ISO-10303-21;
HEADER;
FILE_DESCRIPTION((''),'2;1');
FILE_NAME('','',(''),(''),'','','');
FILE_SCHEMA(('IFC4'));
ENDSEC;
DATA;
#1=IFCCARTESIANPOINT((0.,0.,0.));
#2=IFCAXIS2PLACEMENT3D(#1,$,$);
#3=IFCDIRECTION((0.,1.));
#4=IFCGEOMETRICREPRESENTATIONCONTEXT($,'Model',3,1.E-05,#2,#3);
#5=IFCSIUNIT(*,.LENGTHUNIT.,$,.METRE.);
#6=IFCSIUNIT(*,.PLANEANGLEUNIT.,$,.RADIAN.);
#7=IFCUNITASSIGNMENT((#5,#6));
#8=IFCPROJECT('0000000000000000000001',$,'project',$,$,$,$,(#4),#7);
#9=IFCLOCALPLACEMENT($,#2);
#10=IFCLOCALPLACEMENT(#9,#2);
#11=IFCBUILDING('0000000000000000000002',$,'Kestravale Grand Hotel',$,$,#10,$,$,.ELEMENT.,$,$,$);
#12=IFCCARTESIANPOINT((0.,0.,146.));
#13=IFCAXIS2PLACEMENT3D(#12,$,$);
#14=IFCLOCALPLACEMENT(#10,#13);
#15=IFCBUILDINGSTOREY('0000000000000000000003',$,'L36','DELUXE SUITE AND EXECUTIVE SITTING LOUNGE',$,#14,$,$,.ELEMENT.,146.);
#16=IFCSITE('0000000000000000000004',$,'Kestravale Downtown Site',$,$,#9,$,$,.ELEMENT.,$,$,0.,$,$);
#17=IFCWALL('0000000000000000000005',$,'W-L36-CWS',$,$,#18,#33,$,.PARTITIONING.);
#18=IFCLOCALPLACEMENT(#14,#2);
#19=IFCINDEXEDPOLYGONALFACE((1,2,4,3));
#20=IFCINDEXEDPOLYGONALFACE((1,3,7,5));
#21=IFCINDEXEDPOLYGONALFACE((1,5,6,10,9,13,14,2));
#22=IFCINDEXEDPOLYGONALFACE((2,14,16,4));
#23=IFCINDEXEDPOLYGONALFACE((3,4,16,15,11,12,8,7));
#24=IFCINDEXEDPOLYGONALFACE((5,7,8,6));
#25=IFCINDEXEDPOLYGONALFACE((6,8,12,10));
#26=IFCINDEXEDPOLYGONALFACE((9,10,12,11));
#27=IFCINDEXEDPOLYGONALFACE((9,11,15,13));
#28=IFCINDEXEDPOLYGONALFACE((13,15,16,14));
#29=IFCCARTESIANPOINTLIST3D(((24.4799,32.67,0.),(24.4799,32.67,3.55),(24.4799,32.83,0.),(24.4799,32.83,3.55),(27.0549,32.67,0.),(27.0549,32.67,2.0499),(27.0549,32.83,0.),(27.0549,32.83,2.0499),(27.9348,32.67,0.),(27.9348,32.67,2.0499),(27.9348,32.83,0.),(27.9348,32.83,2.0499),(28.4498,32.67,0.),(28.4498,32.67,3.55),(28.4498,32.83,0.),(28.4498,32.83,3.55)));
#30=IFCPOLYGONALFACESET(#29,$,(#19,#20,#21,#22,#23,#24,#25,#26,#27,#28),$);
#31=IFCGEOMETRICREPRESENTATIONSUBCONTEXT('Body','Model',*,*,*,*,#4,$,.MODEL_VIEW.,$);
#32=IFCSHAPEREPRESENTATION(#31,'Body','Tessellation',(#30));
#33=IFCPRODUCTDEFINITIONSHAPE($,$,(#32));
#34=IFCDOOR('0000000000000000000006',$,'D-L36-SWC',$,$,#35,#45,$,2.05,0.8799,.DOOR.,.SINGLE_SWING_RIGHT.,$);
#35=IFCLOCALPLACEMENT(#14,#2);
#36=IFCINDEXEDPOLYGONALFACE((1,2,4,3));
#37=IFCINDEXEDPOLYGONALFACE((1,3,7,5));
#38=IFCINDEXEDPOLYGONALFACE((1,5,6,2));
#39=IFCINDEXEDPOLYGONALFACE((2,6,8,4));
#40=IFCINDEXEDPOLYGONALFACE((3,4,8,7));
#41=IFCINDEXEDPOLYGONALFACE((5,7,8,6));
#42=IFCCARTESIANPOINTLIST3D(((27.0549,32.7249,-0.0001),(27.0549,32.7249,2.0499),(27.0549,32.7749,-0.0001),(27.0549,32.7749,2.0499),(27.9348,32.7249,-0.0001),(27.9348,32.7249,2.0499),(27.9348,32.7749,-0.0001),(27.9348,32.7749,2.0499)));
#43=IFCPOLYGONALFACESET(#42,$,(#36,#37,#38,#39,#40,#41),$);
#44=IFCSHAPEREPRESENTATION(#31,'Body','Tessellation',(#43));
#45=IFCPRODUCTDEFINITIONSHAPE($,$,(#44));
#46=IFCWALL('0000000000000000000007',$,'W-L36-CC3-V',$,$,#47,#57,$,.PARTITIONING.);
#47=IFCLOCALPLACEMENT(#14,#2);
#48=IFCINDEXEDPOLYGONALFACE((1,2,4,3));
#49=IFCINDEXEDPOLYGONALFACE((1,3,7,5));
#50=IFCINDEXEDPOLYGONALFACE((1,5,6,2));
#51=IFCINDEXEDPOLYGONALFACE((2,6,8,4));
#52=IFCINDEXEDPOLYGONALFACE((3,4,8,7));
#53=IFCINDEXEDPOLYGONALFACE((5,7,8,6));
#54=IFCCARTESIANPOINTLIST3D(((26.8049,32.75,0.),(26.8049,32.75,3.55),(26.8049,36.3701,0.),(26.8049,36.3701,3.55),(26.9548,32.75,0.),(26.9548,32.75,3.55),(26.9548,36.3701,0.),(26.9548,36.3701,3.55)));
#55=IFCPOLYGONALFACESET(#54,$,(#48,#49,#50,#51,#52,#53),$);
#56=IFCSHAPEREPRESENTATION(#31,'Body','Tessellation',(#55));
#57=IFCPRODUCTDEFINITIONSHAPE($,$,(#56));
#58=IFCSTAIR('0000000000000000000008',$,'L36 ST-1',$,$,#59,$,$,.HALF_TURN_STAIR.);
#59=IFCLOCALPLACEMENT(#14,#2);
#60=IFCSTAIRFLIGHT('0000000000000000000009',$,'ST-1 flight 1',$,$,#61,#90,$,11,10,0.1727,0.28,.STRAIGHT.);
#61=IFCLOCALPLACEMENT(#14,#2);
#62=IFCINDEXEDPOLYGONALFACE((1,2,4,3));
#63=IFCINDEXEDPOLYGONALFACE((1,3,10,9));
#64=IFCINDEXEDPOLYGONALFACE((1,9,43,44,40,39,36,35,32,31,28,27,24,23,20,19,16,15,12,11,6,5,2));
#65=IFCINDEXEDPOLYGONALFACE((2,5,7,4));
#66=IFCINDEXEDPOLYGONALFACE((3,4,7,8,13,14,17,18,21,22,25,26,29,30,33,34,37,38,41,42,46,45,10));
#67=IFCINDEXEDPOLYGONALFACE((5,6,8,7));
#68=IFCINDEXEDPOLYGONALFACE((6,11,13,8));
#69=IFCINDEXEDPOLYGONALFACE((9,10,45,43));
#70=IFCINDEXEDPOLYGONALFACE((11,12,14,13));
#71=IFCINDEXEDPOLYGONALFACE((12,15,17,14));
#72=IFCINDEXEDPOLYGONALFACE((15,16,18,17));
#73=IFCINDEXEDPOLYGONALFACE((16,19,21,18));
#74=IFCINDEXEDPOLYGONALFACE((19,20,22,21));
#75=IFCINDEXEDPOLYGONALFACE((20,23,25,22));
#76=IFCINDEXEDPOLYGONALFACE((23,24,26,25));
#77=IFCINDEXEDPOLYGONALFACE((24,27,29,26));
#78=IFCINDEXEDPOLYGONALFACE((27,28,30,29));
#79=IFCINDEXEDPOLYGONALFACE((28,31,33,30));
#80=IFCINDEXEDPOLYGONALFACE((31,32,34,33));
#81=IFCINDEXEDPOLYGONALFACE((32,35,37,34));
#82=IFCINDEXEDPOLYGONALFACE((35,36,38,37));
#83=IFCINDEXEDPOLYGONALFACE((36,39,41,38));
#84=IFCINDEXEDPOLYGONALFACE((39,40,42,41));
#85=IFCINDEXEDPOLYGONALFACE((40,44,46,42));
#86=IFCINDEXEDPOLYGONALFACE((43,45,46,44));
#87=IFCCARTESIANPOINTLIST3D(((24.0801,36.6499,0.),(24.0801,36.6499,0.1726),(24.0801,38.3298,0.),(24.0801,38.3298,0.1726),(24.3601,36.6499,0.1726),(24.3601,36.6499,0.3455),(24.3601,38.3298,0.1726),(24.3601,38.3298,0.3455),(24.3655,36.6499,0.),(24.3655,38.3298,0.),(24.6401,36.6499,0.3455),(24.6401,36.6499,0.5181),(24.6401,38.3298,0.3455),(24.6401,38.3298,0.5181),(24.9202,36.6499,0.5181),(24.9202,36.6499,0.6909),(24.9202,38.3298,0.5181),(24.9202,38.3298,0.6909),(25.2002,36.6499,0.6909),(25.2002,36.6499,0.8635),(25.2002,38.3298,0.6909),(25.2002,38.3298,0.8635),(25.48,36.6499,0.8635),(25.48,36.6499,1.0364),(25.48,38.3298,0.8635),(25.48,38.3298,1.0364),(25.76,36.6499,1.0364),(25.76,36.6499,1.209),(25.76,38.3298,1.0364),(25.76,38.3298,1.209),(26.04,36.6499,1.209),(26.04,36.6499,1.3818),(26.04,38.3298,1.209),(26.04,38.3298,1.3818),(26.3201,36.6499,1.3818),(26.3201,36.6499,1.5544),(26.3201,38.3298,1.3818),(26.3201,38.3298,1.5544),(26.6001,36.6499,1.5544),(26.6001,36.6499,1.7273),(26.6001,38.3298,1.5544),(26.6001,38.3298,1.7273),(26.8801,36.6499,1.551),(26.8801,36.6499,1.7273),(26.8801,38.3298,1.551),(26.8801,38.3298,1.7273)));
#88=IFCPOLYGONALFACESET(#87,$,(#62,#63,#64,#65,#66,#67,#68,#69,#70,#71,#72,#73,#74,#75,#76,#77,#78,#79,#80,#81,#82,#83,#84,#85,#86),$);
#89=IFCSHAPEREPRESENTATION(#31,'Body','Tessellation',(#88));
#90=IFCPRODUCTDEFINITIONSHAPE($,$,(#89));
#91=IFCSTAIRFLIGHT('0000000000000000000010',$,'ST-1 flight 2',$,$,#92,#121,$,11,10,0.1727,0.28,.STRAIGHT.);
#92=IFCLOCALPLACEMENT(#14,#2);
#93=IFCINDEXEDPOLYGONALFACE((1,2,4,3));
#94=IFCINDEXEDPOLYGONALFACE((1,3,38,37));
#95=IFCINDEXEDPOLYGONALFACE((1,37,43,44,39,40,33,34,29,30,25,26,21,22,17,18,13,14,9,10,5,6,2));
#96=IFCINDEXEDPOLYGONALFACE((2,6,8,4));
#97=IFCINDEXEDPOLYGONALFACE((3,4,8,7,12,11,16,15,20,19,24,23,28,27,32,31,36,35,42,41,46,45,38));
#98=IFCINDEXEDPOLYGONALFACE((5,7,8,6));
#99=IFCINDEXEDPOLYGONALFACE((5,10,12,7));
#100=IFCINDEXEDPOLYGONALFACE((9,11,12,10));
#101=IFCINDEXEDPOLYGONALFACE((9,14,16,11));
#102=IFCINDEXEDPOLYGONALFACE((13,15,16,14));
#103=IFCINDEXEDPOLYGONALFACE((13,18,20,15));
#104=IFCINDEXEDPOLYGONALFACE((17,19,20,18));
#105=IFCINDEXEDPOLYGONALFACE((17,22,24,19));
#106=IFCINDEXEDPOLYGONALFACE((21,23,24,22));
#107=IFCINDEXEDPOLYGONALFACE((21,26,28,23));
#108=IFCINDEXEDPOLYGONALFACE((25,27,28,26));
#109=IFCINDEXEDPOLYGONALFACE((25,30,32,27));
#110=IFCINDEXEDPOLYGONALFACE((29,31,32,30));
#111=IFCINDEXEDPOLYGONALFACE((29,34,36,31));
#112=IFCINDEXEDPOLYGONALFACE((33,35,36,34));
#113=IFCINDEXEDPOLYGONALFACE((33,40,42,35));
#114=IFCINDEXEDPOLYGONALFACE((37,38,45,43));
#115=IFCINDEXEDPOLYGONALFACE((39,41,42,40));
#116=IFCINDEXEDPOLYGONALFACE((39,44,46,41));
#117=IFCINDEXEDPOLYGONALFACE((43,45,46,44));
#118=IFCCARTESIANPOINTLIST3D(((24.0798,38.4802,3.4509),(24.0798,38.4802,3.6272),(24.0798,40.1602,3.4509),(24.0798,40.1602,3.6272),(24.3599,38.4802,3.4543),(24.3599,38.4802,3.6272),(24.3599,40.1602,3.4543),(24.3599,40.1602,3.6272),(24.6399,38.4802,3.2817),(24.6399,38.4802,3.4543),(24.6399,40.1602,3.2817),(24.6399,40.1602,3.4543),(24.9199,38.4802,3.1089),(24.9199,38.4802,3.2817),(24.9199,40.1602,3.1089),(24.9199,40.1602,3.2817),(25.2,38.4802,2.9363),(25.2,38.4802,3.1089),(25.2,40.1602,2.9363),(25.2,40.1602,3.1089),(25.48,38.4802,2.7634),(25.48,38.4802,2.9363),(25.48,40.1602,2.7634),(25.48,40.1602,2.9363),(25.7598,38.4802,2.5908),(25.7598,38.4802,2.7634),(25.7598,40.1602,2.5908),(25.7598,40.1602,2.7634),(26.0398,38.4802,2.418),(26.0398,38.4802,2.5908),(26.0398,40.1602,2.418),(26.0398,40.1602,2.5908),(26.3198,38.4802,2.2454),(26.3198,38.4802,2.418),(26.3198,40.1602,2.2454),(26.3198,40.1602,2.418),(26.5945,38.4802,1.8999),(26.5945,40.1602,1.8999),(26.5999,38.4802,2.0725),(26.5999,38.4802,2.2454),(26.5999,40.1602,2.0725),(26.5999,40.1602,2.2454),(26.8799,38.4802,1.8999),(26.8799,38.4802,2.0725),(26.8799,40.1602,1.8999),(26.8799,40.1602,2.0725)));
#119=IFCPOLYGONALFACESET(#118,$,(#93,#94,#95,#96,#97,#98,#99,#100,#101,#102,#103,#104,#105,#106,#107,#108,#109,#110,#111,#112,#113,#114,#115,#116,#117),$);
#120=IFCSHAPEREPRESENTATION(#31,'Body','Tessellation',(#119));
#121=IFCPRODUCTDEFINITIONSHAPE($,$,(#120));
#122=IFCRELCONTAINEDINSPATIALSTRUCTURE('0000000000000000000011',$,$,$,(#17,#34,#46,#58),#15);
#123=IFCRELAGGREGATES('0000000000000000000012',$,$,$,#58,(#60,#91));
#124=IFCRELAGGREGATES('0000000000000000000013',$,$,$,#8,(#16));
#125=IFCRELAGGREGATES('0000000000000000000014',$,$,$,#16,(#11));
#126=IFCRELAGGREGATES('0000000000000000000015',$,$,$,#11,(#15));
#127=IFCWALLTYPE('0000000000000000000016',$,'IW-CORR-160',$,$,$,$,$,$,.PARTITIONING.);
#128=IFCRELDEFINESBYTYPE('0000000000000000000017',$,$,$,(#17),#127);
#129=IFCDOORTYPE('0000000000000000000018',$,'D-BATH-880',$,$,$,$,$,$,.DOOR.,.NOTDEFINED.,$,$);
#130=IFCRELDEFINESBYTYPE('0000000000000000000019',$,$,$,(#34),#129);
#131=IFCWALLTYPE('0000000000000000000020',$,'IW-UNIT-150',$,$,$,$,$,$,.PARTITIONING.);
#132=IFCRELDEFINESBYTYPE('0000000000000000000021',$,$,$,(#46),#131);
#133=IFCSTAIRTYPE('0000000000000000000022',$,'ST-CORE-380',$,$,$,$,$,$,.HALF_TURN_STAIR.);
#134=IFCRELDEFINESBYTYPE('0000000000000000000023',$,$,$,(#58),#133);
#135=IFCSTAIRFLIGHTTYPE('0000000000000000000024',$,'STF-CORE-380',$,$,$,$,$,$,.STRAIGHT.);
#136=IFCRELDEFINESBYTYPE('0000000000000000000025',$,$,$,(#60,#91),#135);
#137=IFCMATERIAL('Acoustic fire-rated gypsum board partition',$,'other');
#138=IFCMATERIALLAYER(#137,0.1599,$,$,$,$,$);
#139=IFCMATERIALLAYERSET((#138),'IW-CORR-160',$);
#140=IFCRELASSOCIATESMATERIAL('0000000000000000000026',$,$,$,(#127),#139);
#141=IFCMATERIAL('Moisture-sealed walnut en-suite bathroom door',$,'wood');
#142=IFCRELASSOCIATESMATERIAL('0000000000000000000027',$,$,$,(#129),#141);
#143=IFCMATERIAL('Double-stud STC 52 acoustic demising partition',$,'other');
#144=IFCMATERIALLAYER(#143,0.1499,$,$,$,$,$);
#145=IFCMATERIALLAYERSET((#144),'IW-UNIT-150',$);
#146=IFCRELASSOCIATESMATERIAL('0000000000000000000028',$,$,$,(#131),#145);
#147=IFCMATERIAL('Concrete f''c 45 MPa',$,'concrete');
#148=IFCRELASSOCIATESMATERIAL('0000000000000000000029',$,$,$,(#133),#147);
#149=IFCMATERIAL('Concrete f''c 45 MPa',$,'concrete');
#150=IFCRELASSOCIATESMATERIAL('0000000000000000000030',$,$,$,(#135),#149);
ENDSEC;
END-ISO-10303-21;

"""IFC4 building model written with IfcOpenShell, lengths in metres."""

from ifc_helpers import new_model, si_unit, direction, frame, frame_2d, origin, place, context, subcontext, project, spatial, polyline, rectangle, outline, extrude, material, layer, layer_set, type_object, element, fill, aggregate, save


model = new_model("IFC4")

# Units and contexts
model_context = context("Model", 3, precision=1e-05, world=origin(), true_north=direction((0.0, 1.0)))
body_context = subcontext(model_context, "Body", "Model", "MODEL_VIEW")
ifc_project = project(units=[si_unit("LENGTHUNIT", "METRE"), si_unit("PLANEANGLEUNIT", "RADIAN")], contexts=[model_context])

# Site, building, storey
site_placement = place(None, origin())
site = spatial("IfcSite", under=ifc_project, at=site_placement, Name="Kestravale Downtown Site", CompositionType="ELEMENT", RefElevation=0.0)
building_placement = place(site_placement, origin())
building = spatial("IfcBuilding", under=site, at=building_placement, Name="Kestravale Grand Hotel", CompositionType="ELEMENT")
storey_placement = place(building_placement, frame((0.0, 0.0, 146.0)))
storey = spatial("IfcBuildingStorey", under=building, at=storey_placement, Name="L36", Description="DELUXE SUITE AND EXECUTIVE SITTING LOUNGE", CompositionType="ELEMENT", Elevation=146.0)

# Wall, opening, door
ifc_material_1 = material(Name="Acoustic fire-rated gypsum board partition", Category="other")
ifc_layer_1 = layer(ifc_material_1, 0.1599)
ifc_layer_set_1 = layer_set([ifc_layer_1], Name="IW-CORR-160")
wall_type_1 = type_object("IfcWallType", Name="IW-CORR-160", PredefinedType="PARTITIONING", material=ifc_layer_set_1)
wall_1_placement = place(storey_placement, frame((24.48, 32.75, 0.0), z_axis=(0.0, 0.0, 1.0), x_axis=(1.0, 0.0, 0.0)))
wall_1 = element("IfcWall", 1, at=wall_1_placement, inside=storey, type_object=wall_type_1, Name="W-L36-CWS", PredefinedType="PARTITIONING", context=body_context, shape_type="SweptSolid", body=[
    extrude(rectangle(XDim=3.97, YDim=0.1599, at=frame_2d((1.9849, 0.0))), origin(), (0.0, 0.0, 1.0), 3.55),
])
opening_1_placement = place(wall_1_placement, frame((2.575, 0.0, 0.0)))
opening_1 = element("IfcOpeningElement", 2, at=opening_1_placement, cuts=wall_1, PredefinedType="OPENING", context=body_context, shape_type="SweptSolid", body=[
    extrude(rectangle(XDim=0.8799, YDim=2.05, at=frame_2d((0.4399, 1.0249))), frame((0.0, 0.0898, 0.0), z_axis=(0.0, -1.0, 0.0), x_axis=(1.0, 0.0, 0.0)), (0.0, 0.0, 1.0), 0.1799),
])
ifc_material_2 = material(Name="Moisture-sealed walnut en-suite bathroom door", Category="wood")
door_type_1 = type_object("IfcDoorType", Name="D-BATH-880", OperationType="NOTDEFINED", PredefinedType="DOOR", material=ifc_material_2)
door_1_placement = place(opening_1_placement, origin())
door_1 = element("IfcDoor", 3, at=door_1_placement, inside=storey, type_object=door_type_1, Name="D-L36-SWC", OperationType="SINGLE_SWING_RIGHT", OverallHeight=2.05, OverallWidth=0.8799, PredefinedType="DOOR", context=body_context, shape_type="SweptSolid", body=[
    extrude(rectangle(XDim=0.8799, YDim=2.05, at=frame_2d((0.4399, 1.0249))), frame((0.0, 0.0249, 0.0), z_axis=(0.0, -1.0, 0.0), x_axis=(1.0, 0.0, 0.0)), (0.0, 0.0, 1.0), 0.05),
])
fill(opening_1, door_1)

# Wall
ifc_material_3 = material(Name="Double-stud STC 52 acoustic demising partition", Category="other")
ifc_layer_2 = layer(ifc_material_3, 0.1499)
ifc_layer_set_2 = layer_set([ifc_layer_2], Name="IW-UNIT-150")
wall_type_2 = type_object("IfcWallType", Name="IW-UNIT-150", PredefinedType="PARTITIONING", material=ifc_layer_set_2)
wall_2_placement = place(storey_placement, frame((26.8799, 32.75, 0.0), z_axis=(0.0, 0.0, 1.0), x_axis=(0.0, 1.0, 0.0)))
element("IfcWall", 4, at=wall_2_placement, inside=storey, type_object=wall_type_2, Name="W-L36-CC3-V", PredefinedType="PARTITIONING", context=body_context, shape_type="SweptSolid", body=[
    extrude(rectangle(XDim=3.6201, YDim=0.1499, at=frame_2d((1.8101, 0.0))), origin(), (0.0, 0.0, 1.0), 3.55),
])

# Stair, stair flights
ifc_material_4 = material(Name="Concrete f'c 45 MPa", Category="concrete")
stair_type = type_object("IfcStairType", Name="ST-CORE-380", PredefinedType="HALF_TURN_STAIR", material=ifc_material_4)
stair_placement = place(storey_placement, origin())
stair = element("IfcStair", 5, at=stair_placement, inside=storey, type_object=stair_type, Name="L36 ST-1", PredefinedType="HALF_TURN_STAIR")
ifc_material_5 = material(Name="Concrete f'c 45 MPa", Category="concrete")
stair_flight_type = type_object("IfcStairFlightType", Name="STF-CORE-380", PredefinedType="STRAIGHT", material=ifc_material_5)
stair_flight_1_placement = place(storey_placement, frame((24.0801, 37.49, 0.0), z_axis=(0.0, 0.0, 1.0), x_axis=(1.0, 0.0, 0.0)))
stair_flight_1 = element("IfcStairFlight", 6, at=stair_flight_1_placement, type_object=stair_flight_type, Name="ST-1 flight 1", NumberOfRisers=11, NumberOfTreads=10, PredefinedType="STRAIGHT", RiserHeight=0.1727, TreadLength=0.28, context=body_context, shape_type="SweptSolid", body=[
    extrude(outline(polyline([(0.0, 0.0), (0.0, 0.1726), (0.28, 0.1726), (0.28, 0.3455), (0.5601, 0.3455), (0.5601, 0.5181), (0.8401, 0.5181), (0.8401, 0.6909), (1.1201, 0.6909), (1.1201, 0.8635), (1.3999, 0.8635), (1.3999, 1.0364), (1.6799, 1.0364), (1.6799, 1.209), (1.96, 1.209), (1.96, 1.3818), (2.24, 1.3818), (2.24, 1.5544), (2.52, 1.5544), (2.52, 1.7273), (2.8, 1.7273), (2.8, 1.8999), (2.8, 1.551), (0.2854, 0.0), (0.0, 0.0)])), frame((0.0, 0.8398, 0.0), z_axis=(0.0, -1.0, 0.0), x_axis=(1.0, 0.0, 0.0)), (0.0, 0.0, 1.0), 1.6799),
])
stair_flight_2_placement = place(storey_placement, frame((26.8799, 39.3201, 1.8999), z_axis=(0.0, 0.0, 1.0), x_axis=(-1.0, 0.0, 0.0)))
stair_flight_2 = element("IfcStairFlight", 7, at=stair_flight_2_placement, type_object=stair_flight_type, Name="ST-1 flight 2", NumberOfRisers=11, NumberOfTreads=10, PredefinedType="STRAIGHT", RiserHeight=0.1727, TreadLength=0.28, context=body_context, shape_type="SweptSolid", body=[
    extrude(outline(polyline([(0.0, 0.0), (0.0, 0.1726), (0.28, 0.1726), (0.28, 0.3455), (0.5601, 0.3455), (0.5601, 0.5181), (0.8401, 0.5181), (0.8401, 0.6909), (1.1201, 0.6909), (1.1201, 0.8635), (1.3999, 0.8635), (1.3999, 1.0364), (1.6799, 1.0364), (1.6799, 1.209), (1.96, 1.209), (1.96, 1.3818), (2.24, 1.3818), (2.24, 1.5544), (2.52, 1.5544), (2.52, 1.7273), (2.8, 1.7273), (2.8, 1.8999), (2.8, 1.551), (0.2854, 0.0), (0.0, 0.0)])), frame((0.0, 0.8398, 0.0), z_axis=(0.0, -1.0, 0.0), x_axis=(1.0, 0.0, 0.0)), (0.0, 0.0, 1.0), 1.6799),
])
aggregate(stair, [stair_flight_1, stair_flight_2])

save(model, "model.ifc")
